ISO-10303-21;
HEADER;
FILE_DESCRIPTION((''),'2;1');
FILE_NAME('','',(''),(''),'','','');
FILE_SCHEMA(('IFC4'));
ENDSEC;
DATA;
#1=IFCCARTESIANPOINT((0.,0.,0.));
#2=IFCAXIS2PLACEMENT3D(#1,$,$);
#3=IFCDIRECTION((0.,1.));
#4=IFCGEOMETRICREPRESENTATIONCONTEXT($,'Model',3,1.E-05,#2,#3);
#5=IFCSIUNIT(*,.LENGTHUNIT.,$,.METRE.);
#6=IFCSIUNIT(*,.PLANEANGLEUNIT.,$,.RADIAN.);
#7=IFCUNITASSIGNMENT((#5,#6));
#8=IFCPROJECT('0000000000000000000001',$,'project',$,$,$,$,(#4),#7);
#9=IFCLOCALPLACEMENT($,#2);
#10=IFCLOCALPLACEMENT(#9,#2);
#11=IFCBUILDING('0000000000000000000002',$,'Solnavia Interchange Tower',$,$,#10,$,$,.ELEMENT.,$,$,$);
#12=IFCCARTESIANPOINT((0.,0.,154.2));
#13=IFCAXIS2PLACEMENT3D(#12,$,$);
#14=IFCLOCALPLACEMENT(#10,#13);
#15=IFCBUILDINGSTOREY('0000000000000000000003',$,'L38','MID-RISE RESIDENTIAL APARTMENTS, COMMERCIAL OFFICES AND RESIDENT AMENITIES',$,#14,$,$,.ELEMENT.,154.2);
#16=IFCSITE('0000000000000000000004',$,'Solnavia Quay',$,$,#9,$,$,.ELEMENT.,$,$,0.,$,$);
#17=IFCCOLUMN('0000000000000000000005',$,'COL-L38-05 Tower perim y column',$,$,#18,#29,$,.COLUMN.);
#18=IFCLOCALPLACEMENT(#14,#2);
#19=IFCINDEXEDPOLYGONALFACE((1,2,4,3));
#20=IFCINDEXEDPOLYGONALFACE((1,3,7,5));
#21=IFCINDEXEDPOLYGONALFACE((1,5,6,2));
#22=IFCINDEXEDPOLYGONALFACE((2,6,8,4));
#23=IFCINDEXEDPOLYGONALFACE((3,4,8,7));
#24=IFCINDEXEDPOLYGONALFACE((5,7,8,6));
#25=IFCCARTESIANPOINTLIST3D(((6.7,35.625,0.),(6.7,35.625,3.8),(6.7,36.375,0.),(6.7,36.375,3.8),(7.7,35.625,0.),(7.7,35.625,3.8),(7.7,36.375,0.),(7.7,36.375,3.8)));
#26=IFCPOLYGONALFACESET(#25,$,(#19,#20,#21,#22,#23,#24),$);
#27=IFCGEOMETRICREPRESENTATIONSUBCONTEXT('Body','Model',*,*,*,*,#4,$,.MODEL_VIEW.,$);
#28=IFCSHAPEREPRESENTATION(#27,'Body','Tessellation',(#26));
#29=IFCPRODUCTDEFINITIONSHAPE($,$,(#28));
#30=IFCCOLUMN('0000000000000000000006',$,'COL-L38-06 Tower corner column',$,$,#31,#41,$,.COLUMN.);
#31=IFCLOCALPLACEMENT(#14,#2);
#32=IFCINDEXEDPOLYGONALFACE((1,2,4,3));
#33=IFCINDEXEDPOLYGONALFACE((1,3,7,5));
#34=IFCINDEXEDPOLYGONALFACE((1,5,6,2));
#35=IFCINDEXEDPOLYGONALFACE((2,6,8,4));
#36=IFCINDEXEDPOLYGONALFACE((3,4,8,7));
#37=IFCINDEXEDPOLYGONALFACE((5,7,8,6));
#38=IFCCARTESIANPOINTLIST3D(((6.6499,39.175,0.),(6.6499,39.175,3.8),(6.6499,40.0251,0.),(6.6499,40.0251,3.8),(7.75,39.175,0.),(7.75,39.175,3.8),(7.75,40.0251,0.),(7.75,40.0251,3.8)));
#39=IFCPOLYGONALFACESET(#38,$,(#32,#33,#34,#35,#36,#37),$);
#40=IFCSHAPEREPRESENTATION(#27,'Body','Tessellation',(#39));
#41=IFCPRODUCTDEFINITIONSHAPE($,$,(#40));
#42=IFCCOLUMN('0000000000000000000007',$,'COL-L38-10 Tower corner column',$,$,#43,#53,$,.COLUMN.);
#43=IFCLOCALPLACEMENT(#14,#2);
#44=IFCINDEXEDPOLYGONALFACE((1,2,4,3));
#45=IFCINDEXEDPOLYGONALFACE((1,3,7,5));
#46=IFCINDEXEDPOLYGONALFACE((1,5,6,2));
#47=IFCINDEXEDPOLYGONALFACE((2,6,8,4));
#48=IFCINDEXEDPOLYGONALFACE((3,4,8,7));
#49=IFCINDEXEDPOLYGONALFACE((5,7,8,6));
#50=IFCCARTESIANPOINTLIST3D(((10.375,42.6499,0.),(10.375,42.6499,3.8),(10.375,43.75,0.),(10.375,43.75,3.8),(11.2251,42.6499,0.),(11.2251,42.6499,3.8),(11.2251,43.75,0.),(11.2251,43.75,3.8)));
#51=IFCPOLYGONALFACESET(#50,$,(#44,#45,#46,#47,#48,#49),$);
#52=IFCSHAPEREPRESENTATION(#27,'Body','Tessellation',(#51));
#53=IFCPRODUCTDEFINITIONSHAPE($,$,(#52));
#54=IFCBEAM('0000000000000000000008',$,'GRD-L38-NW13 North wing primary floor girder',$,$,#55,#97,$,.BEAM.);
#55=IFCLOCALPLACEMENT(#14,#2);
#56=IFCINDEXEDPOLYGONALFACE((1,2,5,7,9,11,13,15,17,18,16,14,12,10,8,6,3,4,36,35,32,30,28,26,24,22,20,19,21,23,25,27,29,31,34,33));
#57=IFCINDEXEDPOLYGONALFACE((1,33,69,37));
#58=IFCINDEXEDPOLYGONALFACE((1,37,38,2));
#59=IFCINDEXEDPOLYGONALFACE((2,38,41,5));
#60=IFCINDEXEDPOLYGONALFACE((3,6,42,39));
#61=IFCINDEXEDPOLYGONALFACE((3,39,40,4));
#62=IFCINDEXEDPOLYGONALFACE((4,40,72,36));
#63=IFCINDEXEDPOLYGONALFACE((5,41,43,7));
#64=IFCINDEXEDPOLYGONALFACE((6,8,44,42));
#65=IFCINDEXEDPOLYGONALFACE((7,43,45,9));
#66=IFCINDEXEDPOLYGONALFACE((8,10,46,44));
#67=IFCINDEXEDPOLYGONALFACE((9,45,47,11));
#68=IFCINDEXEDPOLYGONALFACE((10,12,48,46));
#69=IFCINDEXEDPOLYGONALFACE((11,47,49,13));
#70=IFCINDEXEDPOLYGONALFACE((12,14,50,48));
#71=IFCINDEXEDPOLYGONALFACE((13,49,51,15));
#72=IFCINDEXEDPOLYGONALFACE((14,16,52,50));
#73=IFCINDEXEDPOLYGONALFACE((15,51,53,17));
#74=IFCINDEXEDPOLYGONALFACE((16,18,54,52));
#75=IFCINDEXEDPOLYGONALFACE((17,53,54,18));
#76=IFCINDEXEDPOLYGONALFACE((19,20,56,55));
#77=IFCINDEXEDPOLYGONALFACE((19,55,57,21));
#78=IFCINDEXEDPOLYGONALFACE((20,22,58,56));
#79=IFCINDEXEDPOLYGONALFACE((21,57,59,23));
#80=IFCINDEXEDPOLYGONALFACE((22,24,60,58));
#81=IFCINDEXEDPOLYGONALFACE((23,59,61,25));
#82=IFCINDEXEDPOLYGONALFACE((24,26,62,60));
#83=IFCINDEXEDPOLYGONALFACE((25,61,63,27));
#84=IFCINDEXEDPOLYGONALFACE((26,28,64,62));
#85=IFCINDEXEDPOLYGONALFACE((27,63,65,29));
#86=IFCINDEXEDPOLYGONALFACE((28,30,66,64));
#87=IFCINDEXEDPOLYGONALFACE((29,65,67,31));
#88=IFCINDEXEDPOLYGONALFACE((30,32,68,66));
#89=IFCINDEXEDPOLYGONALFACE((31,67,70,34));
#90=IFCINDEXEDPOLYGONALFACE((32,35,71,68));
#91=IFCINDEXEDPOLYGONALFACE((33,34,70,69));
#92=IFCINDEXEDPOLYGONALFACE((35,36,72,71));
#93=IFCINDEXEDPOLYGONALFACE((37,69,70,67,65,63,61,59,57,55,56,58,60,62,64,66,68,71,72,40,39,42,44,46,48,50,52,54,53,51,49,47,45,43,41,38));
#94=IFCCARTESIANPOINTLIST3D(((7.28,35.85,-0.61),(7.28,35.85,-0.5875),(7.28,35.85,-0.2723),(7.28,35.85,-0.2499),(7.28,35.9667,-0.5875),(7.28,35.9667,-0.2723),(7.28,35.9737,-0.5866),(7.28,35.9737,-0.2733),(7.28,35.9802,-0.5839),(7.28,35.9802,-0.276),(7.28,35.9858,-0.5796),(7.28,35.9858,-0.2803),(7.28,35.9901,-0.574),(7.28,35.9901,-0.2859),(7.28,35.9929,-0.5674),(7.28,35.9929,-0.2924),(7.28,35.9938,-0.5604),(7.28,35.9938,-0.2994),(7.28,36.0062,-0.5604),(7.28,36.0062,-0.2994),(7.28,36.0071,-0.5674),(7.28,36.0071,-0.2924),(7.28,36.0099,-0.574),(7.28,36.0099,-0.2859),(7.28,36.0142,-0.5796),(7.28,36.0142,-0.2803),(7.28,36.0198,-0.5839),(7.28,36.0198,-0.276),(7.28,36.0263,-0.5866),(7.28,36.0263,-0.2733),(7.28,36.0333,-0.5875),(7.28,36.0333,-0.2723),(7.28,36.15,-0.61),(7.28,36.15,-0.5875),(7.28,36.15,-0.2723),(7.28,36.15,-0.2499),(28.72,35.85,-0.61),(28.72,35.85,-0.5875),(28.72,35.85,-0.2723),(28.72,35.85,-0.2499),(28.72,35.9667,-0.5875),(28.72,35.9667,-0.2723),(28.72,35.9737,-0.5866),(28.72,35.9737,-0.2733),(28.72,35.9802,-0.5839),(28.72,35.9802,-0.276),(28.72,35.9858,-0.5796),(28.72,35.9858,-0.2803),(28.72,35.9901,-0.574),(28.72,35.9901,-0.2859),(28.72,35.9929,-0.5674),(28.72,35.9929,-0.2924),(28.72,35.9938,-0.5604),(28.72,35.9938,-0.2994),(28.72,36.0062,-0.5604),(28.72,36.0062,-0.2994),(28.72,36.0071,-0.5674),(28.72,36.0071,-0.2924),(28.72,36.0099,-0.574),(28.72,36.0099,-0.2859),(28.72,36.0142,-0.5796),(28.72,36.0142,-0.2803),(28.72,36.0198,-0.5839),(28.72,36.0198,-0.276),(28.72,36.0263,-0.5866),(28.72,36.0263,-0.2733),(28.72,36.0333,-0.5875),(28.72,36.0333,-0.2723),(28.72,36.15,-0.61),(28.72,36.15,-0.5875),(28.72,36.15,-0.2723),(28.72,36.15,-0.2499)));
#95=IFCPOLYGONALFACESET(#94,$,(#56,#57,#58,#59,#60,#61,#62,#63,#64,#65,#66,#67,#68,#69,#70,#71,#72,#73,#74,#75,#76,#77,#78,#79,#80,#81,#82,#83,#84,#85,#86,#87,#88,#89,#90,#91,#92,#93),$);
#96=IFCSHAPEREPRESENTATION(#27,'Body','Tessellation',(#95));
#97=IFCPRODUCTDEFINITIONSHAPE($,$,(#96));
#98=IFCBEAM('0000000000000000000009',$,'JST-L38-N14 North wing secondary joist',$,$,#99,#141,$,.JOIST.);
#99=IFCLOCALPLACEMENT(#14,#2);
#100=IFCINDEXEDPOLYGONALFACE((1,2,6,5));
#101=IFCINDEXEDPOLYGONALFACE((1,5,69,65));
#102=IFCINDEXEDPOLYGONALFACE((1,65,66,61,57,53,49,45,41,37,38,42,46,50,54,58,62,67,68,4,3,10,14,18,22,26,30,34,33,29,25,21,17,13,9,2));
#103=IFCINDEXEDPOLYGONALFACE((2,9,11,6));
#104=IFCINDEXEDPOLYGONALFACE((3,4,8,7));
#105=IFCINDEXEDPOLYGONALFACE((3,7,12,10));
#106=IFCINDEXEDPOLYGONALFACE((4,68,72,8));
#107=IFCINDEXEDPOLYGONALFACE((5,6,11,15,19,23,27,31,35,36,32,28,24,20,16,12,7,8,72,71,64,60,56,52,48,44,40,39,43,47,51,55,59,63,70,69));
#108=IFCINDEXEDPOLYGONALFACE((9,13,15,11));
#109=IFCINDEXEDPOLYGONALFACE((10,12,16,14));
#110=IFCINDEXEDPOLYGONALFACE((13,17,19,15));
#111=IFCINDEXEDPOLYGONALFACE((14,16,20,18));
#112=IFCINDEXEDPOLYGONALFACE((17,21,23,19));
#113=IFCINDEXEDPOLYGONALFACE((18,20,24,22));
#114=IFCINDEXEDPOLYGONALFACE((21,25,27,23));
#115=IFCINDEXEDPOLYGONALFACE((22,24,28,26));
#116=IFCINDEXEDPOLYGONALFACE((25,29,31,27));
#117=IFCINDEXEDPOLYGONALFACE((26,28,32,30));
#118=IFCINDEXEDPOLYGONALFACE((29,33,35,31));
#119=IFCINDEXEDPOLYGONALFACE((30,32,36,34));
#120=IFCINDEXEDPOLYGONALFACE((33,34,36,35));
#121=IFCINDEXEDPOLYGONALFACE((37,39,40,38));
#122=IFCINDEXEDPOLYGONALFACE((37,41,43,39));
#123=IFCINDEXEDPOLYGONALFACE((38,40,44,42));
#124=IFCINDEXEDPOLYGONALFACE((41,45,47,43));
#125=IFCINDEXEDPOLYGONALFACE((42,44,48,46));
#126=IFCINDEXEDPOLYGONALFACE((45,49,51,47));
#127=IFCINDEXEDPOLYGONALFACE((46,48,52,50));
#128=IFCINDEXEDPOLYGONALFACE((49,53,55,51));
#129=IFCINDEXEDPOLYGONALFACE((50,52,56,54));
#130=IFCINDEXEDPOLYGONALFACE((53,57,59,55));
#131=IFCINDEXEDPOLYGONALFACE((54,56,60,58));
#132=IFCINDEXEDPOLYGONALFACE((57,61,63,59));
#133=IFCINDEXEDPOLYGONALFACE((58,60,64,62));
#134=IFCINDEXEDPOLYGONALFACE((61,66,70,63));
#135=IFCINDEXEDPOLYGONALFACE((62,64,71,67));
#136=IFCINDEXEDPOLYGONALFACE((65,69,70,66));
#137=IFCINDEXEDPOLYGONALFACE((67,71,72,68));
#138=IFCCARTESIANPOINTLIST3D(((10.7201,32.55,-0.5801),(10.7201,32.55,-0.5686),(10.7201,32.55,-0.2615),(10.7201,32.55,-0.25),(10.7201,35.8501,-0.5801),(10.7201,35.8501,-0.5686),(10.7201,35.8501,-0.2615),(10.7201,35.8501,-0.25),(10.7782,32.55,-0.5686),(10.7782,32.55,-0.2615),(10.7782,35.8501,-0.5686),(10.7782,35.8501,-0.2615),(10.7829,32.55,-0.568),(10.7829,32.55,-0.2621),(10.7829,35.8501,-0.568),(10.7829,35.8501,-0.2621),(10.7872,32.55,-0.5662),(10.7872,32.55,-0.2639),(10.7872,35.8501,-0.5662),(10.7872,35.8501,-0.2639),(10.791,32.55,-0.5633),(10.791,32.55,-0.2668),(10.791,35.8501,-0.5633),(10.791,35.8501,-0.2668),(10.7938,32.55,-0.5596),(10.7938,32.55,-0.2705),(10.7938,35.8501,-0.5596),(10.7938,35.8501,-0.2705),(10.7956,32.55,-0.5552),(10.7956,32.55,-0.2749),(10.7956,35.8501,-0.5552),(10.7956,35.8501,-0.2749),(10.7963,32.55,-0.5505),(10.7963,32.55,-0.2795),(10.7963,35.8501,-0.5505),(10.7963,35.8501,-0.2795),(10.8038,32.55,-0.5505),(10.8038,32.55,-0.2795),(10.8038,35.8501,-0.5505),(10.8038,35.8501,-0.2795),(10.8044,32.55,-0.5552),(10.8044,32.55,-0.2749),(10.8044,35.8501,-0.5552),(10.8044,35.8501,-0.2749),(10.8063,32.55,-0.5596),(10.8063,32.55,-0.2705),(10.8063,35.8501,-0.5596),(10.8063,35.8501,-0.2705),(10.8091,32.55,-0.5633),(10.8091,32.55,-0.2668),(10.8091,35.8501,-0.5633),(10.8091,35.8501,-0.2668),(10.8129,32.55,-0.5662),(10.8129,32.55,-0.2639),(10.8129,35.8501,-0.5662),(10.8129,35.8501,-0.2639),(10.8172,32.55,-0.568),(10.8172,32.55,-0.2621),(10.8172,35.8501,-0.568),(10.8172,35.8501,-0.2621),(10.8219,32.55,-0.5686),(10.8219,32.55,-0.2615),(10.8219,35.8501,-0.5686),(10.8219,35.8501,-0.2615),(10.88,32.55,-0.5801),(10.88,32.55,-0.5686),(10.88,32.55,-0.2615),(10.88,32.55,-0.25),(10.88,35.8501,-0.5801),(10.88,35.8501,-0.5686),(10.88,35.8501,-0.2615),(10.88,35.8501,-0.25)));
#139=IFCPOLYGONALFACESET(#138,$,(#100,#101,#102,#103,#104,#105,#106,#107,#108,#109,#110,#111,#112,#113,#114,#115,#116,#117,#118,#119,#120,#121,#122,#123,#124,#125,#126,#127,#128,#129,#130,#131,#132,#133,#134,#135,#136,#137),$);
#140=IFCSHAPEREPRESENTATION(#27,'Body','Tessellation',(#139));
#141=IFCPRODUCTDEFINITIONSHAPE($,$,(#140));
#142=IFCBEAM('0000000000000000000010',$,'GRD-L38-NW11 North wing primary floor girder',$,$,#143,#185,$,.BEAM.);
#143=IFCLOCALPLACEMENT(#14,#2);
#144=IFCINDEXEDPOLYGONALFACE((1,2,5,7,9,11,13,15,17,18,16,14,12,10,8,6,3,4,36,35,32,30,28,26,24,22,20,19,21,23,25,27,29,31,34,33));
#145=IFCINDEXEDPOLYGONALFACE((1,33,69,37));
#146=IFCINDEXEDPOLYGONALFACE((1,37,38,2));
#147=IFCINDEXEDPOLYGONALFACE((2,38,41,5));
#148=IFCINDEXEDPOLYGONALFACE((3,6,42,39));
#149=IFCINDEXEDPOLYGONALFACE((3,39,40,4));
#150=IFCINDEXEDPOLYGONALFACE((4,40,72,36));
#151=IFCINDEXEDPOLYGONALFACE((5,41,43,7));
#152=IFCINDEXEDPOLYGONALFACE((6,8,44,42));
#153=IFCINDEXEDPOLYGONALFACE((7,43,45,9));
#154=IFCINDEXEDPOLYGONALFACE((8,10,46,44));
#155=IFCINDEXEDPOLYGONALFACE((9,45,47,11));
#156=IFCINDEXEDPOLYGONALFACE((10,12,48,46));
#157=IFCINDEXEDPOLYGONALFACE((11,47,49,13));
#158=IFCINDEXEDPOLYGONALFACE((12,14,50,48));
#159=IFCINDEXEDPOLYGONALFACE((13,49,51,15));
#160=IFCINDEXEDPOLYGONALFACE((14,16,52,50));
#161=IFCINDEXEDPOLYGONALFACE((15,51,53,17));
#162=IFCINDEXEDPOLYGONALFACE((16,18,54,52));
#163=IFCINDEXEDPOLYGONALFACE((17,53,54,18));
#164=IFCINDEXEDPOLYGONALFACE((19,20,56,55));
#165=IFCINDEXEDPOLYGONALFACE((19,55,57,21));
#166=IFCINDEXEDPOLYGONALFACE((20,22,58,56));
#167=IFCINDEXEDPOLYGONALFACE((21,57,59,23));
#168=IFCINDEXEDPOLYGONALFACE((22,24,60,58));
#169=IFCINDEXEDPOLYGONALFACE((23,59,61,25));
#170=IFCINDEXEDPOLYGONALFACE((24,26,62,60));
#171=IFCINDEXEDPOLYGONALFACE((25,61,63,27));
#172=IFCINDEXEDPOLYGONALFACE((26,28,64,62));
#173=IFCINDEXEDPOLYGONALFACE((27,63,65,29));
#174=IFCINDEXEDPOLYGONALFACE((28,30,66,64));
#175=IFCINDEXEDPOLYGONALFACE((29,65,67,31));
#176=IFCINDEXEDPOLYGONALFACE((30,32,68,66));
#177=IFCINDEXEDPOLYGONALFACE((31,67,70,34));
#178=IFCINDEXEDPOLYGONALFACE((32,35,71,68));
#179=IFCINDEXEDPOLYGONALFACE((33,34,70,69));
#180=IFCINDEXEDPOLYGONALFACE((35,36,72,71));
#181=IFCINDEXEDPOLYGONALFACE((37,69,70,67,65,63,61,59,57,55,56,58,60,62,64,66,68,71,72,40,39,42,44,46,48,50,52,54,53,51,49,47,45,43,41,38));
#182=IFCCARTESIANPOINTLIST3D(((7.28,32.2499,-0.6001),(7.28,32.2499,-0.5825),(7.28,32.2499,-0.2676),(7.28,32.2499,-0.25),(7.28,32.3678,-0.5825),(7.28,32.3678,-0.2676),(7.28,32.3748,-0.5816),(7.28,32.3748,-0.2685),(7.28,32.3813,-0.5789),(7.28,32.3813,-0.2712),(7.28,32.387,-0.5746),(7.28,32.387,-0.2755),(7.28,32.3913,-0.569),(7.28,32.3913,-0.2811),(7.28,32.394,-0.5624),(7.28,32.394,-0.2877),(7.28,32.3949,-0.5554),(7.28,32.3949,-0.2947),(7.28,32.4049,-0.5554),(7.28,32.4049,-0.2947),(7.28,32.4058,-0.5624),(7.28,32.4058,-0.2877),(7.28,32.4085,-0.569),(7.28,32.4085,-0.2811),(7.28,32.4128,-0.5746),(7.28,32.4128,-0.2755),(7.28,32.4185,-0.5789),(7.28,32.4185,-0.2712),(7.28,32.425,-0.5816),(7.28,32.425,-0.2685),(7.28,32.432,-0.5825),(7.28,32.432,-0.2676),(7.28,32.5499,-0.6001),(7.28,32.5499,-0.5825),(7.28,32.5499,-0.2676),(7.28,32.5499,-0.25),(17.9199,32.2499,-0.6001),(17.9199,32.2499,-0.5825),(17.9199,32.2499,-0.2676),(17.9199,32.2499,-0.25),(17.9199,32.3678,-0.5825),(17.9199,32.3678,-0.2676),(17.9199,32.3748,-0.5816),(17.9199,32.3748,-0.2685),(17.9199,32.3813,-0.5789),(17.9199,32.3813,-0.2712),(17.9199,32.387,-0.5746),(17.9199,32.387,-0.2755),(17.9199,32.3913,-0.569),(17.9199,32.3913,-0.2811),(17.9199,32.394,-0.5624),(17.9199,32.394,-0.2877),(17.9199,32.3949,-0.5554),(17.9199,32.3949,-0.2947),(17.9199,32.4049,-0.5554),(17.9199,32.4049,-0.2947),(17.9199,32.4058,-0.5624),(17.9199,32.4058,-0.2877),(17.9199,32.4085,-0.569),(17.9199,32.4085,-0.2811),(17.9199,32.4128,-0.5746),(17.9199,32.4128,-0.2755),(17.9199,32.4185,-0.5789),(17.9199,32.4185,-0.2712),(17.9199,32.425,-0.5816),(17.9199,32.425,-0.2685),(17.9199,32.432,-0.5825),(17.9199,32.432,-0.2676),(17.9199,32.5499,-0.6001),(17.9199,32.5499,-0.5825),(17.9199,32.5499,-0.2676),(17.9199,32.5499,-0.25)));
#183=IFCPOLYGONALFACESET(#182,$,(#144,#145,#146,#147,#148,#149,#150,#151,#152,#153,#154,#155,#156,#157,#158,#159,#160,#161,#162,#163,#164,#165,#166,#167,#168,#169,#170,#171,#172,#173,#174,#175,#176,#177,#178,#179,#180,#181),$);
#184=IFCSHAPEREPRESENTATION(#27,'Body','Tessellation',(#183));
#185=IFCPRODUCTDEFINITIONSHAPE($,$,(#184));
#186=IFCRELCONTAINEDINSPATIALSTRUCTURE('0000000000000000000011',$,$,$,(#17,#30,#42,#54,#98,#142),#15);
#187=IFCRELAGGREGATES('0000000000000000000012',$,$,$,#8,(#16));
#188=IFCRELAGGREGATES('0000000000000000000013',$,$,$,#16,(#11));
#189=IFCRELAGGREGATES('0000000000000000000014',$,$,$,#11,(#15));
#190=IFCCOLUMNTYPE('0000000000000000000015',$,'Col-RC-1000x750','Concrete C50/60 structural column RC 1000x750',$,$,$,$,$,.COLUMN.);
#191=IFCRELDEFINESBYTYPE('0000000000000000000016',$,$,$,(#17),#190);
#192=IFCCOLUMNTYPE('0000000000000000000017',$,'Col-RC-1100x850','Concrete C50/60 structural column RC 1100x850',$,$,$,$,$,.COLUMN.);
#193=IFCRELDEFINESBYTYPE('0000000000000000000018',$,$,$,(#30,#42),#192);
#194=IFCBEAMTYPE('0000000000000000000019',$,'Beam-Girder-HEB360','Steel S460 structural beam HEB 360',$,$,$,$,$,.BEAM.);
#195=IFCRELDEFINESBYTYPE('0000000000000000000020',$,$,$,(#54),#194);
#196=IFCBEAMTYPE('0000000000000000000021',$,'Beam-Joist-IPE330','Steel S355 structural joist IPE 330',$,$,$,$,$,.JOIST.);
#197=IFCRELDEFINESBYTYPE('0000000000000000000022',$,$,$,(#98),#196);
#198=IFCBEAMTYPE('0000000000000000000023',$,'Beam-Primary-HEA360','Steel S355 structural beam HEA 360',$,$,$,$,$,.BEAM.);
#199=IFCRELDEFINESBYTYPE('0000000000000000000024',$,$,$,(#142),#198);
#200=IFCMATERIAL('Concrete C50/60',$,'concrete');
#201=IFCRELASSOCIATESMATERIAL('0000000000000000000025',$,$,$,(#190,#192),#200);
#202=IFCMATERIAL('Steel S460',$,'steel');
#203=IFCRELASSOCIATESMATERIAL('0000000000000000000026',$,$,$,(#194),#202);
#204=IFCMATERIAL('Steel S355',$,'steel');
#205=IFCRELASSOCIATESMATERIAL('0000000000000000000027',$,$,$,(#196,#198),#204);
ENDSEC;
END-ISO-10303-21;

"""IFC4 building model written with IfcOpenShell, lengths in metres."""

from ifc_helpers import new_model, si_unit, direction, frame, origin, origin_2d, place, context, subcontext, project, spatial, rectangle, i_section, extrude, material, material_profile, profile_set, type_object, element, save


model = new_model("IFC4")

# Units and contexts
model_context = context("Model", 3, precision=1e-05, world=origin(), true_north=direction((0.0, 1.0)))
body_context = subcontext(model_context, "Body", "Model", "MODEL_VIEW")
ifc_project = project(units=[si_unit("LENGTHUNIT", "METRE"), si_unit("PLANEANGLEUNIT", "RADIAN")], contexts=[model_context])

# Site, building, storey
site_placement = place(None, origin())
site = spatial("IfcSite", under=ifc_project, at=site_placement, Name="Solnavia Quay", CompositionType="ELEMENT", RefElevation=0.0)
building_placement = place(site_placement, origin())
building = spatial("IfcBuilding", under=site, at=building_placement, Name="Solnavia Interchange Tower", CompositionType="ELEMENT")
storey_placement = place(building_placement, frame((0.0, 0.0, 154.2)))
storey = spatial("IfcBuildingStorey", under=building, at=storey_placement, Name="L38", Description="MID-RISE RESIDENTIAL APARTMENTS, COMMERCIAL OFFICES AND RESIDENT AMENITIES", CompositionType="ELEMENT", Elevation=154.2)

# Columns
ifc_material_1 = material(Name="Concrete C50/60", Category="concrete")
ifc_material_profile_1 = material_profile(ifc_material_1, rectangle(XDim=0.75, YDim=1.0, at=origin_2d()), Name="RC 1000x750")
ifc_profile_set_1 = profile_set([ifc_material_profile_1], Name="Concrete C50/60")
column_type_1 = type_object("IfcColumnType", Name="Col-RC-1000x750", Description="Concrete C50/60 structural column RC 1000x750", PredefinedType="COLUMN", material=ifc_profile_set_1)
column_placement = place(storey_placement, frame((7.2, 36.0, 0.0), z_axis=(0.0, 0.0, 1.0), x_axis=(0.0, 1.0, 0.0)))
element("IfcColumn", 1, at=column_placement, inside=storey, type_object=column_type_1, Name="COL-L38-05 Tower perim y column", PredefinedType="COLUMN", context=body_context, shape_type="SweptSolid", body=[
    extrude(rectangle(XDim=0.75, YDim=1.0, at=origin_2d()), origin(), (0.0, 0.0, 1.0), 3.8),
])
ifc_material_profile_2 = material_profile(ifc_material_1, rectangle(XDim=0.8501, YDim=1.1001, at=origin_2d()), Name="RC 1100x850")
ifc_profile_set_2 = profile_set([ifc_material_profile_2], Name="Concrete C50/60")
column_type_2 = type_object("IfcColumnType", Name="Col-RC-1100x850", Description="Concrete C50/60 structural column RC 1100x850", PredefinedType="COLUMN", material=ifc_profile_set_2)
for number, where, z_axis, x_axis, name in (
    (2, (7.2, 39.6001, 0.0), (0.0, 0.0, 1.0), (0.0, 1.0, 0.0), "COL-L38-06 Tower corner column"),
    (3, (10.8, 43.2, 0.0), (0.0, 0.0, 1.0), (1.0, 0.0, 0.0), "COL-L38-10 Tower corner column"),
):
    element("IfcColumn", number, at=place(storey_placement, frame(where, z_axis=z_axis, x_axis=x_axis)), inside=storey, type_object=column_type_2, Name=name, PredefinedType="COLUMN", context=body_context, shape_type="SweptSolid", body=[
        extrude(rectangle(XDim=0.8501, YDim=1.1001, at=origin_2d()), origin(), (0.0, 0.0, 1.0), 3.8),
    ])

# Beams
ifc_material_2 = material(Name="Steel S460", Category="steel")
ifc_material_profile_3 = material_profile(ifc_material_2, i_section(OverallWidth=0.3, OverallDepth=0.3601, WebThickness=0.0125, FlangeThickness=0.0225, FilletRadius=0.0271, at=origin_2d()), Name="HEB 360")
ifc_profile_set_3 = profile_set([ifc_material_profile_3], Name="Steel S460")
beam_type_1 = type_object("IfcBeamType", Name="Beam-Girder-HEB360", Description="Steel S460 structural beam HEB 360", PredefinedType="BEAM", material=ifc_profile_set_3)
beam_1_placement = place(storey_placement, frame((7.28, 36.0, -0.4299), z_axis=(1.0, 0.0, 0.0), x_axis=(0.0, 1.0, 0.0)))
element("IfcBeam", 4, at=beam_1_placement, inside=storey, type_object=beam_type_1, Name="GRD-L38-NW13 North wing primary floor girder", PredefinedType="BEAM", context=body_context, shape_type="SweptSolid", body=[
    extrude(i_section(OverallWidth=0.3, OverallDepth=0.3601, WebThickness=0.0125, FlangeThickness=0.0225, FilletRadius=0.0271, at=origin_2d()), origin(), (0.0, 0.0, 1.0), 21.4399),
])
ifc_material_3 = material(Name="Steel S355", Category="steel")
ifc_material_profile_4 = material_profile(ifc_material_3, i_section(OverallWidth=0.1599, OverallDepth=0.3301, WebThickness=0.0076, FlangeThickness=0.0115, FilletRadius=0.0181, at=origin_2d()), Name="IPE 330")
ifc_profile_set_4 = profile_set([ifc_material_profile_4], Name="Steel S355")
beam_type_2 = type_object("IfcBeamType", Name="Beam-Joist-IPE330", Description="Steel S355 structural joist IPE 330", PredefinedType="JOIST", material=ifc_profile_set_4)
beam_2_placement = place(storey_placement, frame((10.8, 32.55, -0.415), z_axis=(0.0, 1.0, 0.0), x_axis=(-1.0, 0.0, 0.0)))
element("IfcBeam", 5, at=beam_2_placement, inside=storey, type_object=beam_type_2, Name="JST-L38-N14 North wing secondary joist", PredefinedType="JOIST", context=body_context, shape_type="SweptSolid", body=[
    extrude(i_section(OverallWidth=0.1599, OverallDepth=0.3301, WebThickness=0.0076, FlangeThickness=0.0115, FilletRadius=0.0181, at=origin_2d()), origin(), (0.0, 0.0, 1.0), 3.3),
])
ifc_material_profile_5 = material_profile(ifc_material_3, i_section(OverallWidth=0.3, OverallDepth=0.3501, WebThickness=0.01, FlangeThickness=0.0176, FilletRadius=0.0271, at=origin_2d()), Name="HEA 360")
ifc_profile_set_5 = profile_set([ifc_material_profile_5], Name="Steel S355")
beam_type_3 = type_object("IfcBeamType", Name="Beam-Primary-HEA360", Description="Steel S355 structural beam HEA 360", PredefinedType="BEAM", material=ifc_profile_set_5)
beam_3_placement = place(storey_placement, frame((7.28, 32.3999, -0.425), z_axis=(1.0, 0.0, 0.0), x_axis=(0.0, 1.0, 0.0)))
element("IfcBeam", 6, at=beam_3_placement, inside=storey, type_object=beam_type_3, Name="GRD-L38-NW11 North wing primary floor girder", PredefinedType="BEAM", context=body_context, shape_type="SweptSolid", body=[
    extrude(i_section(OverallWidth=0.3, OverallDepth=0.3501, WebThickness=0.01, FlangeThickness=0.0176, FilletRadius=0.0271, at=origin_2d()), origin(), (0.0, 0.0, 1.0), 10.6399),
])

save(model, "model.ifc")
